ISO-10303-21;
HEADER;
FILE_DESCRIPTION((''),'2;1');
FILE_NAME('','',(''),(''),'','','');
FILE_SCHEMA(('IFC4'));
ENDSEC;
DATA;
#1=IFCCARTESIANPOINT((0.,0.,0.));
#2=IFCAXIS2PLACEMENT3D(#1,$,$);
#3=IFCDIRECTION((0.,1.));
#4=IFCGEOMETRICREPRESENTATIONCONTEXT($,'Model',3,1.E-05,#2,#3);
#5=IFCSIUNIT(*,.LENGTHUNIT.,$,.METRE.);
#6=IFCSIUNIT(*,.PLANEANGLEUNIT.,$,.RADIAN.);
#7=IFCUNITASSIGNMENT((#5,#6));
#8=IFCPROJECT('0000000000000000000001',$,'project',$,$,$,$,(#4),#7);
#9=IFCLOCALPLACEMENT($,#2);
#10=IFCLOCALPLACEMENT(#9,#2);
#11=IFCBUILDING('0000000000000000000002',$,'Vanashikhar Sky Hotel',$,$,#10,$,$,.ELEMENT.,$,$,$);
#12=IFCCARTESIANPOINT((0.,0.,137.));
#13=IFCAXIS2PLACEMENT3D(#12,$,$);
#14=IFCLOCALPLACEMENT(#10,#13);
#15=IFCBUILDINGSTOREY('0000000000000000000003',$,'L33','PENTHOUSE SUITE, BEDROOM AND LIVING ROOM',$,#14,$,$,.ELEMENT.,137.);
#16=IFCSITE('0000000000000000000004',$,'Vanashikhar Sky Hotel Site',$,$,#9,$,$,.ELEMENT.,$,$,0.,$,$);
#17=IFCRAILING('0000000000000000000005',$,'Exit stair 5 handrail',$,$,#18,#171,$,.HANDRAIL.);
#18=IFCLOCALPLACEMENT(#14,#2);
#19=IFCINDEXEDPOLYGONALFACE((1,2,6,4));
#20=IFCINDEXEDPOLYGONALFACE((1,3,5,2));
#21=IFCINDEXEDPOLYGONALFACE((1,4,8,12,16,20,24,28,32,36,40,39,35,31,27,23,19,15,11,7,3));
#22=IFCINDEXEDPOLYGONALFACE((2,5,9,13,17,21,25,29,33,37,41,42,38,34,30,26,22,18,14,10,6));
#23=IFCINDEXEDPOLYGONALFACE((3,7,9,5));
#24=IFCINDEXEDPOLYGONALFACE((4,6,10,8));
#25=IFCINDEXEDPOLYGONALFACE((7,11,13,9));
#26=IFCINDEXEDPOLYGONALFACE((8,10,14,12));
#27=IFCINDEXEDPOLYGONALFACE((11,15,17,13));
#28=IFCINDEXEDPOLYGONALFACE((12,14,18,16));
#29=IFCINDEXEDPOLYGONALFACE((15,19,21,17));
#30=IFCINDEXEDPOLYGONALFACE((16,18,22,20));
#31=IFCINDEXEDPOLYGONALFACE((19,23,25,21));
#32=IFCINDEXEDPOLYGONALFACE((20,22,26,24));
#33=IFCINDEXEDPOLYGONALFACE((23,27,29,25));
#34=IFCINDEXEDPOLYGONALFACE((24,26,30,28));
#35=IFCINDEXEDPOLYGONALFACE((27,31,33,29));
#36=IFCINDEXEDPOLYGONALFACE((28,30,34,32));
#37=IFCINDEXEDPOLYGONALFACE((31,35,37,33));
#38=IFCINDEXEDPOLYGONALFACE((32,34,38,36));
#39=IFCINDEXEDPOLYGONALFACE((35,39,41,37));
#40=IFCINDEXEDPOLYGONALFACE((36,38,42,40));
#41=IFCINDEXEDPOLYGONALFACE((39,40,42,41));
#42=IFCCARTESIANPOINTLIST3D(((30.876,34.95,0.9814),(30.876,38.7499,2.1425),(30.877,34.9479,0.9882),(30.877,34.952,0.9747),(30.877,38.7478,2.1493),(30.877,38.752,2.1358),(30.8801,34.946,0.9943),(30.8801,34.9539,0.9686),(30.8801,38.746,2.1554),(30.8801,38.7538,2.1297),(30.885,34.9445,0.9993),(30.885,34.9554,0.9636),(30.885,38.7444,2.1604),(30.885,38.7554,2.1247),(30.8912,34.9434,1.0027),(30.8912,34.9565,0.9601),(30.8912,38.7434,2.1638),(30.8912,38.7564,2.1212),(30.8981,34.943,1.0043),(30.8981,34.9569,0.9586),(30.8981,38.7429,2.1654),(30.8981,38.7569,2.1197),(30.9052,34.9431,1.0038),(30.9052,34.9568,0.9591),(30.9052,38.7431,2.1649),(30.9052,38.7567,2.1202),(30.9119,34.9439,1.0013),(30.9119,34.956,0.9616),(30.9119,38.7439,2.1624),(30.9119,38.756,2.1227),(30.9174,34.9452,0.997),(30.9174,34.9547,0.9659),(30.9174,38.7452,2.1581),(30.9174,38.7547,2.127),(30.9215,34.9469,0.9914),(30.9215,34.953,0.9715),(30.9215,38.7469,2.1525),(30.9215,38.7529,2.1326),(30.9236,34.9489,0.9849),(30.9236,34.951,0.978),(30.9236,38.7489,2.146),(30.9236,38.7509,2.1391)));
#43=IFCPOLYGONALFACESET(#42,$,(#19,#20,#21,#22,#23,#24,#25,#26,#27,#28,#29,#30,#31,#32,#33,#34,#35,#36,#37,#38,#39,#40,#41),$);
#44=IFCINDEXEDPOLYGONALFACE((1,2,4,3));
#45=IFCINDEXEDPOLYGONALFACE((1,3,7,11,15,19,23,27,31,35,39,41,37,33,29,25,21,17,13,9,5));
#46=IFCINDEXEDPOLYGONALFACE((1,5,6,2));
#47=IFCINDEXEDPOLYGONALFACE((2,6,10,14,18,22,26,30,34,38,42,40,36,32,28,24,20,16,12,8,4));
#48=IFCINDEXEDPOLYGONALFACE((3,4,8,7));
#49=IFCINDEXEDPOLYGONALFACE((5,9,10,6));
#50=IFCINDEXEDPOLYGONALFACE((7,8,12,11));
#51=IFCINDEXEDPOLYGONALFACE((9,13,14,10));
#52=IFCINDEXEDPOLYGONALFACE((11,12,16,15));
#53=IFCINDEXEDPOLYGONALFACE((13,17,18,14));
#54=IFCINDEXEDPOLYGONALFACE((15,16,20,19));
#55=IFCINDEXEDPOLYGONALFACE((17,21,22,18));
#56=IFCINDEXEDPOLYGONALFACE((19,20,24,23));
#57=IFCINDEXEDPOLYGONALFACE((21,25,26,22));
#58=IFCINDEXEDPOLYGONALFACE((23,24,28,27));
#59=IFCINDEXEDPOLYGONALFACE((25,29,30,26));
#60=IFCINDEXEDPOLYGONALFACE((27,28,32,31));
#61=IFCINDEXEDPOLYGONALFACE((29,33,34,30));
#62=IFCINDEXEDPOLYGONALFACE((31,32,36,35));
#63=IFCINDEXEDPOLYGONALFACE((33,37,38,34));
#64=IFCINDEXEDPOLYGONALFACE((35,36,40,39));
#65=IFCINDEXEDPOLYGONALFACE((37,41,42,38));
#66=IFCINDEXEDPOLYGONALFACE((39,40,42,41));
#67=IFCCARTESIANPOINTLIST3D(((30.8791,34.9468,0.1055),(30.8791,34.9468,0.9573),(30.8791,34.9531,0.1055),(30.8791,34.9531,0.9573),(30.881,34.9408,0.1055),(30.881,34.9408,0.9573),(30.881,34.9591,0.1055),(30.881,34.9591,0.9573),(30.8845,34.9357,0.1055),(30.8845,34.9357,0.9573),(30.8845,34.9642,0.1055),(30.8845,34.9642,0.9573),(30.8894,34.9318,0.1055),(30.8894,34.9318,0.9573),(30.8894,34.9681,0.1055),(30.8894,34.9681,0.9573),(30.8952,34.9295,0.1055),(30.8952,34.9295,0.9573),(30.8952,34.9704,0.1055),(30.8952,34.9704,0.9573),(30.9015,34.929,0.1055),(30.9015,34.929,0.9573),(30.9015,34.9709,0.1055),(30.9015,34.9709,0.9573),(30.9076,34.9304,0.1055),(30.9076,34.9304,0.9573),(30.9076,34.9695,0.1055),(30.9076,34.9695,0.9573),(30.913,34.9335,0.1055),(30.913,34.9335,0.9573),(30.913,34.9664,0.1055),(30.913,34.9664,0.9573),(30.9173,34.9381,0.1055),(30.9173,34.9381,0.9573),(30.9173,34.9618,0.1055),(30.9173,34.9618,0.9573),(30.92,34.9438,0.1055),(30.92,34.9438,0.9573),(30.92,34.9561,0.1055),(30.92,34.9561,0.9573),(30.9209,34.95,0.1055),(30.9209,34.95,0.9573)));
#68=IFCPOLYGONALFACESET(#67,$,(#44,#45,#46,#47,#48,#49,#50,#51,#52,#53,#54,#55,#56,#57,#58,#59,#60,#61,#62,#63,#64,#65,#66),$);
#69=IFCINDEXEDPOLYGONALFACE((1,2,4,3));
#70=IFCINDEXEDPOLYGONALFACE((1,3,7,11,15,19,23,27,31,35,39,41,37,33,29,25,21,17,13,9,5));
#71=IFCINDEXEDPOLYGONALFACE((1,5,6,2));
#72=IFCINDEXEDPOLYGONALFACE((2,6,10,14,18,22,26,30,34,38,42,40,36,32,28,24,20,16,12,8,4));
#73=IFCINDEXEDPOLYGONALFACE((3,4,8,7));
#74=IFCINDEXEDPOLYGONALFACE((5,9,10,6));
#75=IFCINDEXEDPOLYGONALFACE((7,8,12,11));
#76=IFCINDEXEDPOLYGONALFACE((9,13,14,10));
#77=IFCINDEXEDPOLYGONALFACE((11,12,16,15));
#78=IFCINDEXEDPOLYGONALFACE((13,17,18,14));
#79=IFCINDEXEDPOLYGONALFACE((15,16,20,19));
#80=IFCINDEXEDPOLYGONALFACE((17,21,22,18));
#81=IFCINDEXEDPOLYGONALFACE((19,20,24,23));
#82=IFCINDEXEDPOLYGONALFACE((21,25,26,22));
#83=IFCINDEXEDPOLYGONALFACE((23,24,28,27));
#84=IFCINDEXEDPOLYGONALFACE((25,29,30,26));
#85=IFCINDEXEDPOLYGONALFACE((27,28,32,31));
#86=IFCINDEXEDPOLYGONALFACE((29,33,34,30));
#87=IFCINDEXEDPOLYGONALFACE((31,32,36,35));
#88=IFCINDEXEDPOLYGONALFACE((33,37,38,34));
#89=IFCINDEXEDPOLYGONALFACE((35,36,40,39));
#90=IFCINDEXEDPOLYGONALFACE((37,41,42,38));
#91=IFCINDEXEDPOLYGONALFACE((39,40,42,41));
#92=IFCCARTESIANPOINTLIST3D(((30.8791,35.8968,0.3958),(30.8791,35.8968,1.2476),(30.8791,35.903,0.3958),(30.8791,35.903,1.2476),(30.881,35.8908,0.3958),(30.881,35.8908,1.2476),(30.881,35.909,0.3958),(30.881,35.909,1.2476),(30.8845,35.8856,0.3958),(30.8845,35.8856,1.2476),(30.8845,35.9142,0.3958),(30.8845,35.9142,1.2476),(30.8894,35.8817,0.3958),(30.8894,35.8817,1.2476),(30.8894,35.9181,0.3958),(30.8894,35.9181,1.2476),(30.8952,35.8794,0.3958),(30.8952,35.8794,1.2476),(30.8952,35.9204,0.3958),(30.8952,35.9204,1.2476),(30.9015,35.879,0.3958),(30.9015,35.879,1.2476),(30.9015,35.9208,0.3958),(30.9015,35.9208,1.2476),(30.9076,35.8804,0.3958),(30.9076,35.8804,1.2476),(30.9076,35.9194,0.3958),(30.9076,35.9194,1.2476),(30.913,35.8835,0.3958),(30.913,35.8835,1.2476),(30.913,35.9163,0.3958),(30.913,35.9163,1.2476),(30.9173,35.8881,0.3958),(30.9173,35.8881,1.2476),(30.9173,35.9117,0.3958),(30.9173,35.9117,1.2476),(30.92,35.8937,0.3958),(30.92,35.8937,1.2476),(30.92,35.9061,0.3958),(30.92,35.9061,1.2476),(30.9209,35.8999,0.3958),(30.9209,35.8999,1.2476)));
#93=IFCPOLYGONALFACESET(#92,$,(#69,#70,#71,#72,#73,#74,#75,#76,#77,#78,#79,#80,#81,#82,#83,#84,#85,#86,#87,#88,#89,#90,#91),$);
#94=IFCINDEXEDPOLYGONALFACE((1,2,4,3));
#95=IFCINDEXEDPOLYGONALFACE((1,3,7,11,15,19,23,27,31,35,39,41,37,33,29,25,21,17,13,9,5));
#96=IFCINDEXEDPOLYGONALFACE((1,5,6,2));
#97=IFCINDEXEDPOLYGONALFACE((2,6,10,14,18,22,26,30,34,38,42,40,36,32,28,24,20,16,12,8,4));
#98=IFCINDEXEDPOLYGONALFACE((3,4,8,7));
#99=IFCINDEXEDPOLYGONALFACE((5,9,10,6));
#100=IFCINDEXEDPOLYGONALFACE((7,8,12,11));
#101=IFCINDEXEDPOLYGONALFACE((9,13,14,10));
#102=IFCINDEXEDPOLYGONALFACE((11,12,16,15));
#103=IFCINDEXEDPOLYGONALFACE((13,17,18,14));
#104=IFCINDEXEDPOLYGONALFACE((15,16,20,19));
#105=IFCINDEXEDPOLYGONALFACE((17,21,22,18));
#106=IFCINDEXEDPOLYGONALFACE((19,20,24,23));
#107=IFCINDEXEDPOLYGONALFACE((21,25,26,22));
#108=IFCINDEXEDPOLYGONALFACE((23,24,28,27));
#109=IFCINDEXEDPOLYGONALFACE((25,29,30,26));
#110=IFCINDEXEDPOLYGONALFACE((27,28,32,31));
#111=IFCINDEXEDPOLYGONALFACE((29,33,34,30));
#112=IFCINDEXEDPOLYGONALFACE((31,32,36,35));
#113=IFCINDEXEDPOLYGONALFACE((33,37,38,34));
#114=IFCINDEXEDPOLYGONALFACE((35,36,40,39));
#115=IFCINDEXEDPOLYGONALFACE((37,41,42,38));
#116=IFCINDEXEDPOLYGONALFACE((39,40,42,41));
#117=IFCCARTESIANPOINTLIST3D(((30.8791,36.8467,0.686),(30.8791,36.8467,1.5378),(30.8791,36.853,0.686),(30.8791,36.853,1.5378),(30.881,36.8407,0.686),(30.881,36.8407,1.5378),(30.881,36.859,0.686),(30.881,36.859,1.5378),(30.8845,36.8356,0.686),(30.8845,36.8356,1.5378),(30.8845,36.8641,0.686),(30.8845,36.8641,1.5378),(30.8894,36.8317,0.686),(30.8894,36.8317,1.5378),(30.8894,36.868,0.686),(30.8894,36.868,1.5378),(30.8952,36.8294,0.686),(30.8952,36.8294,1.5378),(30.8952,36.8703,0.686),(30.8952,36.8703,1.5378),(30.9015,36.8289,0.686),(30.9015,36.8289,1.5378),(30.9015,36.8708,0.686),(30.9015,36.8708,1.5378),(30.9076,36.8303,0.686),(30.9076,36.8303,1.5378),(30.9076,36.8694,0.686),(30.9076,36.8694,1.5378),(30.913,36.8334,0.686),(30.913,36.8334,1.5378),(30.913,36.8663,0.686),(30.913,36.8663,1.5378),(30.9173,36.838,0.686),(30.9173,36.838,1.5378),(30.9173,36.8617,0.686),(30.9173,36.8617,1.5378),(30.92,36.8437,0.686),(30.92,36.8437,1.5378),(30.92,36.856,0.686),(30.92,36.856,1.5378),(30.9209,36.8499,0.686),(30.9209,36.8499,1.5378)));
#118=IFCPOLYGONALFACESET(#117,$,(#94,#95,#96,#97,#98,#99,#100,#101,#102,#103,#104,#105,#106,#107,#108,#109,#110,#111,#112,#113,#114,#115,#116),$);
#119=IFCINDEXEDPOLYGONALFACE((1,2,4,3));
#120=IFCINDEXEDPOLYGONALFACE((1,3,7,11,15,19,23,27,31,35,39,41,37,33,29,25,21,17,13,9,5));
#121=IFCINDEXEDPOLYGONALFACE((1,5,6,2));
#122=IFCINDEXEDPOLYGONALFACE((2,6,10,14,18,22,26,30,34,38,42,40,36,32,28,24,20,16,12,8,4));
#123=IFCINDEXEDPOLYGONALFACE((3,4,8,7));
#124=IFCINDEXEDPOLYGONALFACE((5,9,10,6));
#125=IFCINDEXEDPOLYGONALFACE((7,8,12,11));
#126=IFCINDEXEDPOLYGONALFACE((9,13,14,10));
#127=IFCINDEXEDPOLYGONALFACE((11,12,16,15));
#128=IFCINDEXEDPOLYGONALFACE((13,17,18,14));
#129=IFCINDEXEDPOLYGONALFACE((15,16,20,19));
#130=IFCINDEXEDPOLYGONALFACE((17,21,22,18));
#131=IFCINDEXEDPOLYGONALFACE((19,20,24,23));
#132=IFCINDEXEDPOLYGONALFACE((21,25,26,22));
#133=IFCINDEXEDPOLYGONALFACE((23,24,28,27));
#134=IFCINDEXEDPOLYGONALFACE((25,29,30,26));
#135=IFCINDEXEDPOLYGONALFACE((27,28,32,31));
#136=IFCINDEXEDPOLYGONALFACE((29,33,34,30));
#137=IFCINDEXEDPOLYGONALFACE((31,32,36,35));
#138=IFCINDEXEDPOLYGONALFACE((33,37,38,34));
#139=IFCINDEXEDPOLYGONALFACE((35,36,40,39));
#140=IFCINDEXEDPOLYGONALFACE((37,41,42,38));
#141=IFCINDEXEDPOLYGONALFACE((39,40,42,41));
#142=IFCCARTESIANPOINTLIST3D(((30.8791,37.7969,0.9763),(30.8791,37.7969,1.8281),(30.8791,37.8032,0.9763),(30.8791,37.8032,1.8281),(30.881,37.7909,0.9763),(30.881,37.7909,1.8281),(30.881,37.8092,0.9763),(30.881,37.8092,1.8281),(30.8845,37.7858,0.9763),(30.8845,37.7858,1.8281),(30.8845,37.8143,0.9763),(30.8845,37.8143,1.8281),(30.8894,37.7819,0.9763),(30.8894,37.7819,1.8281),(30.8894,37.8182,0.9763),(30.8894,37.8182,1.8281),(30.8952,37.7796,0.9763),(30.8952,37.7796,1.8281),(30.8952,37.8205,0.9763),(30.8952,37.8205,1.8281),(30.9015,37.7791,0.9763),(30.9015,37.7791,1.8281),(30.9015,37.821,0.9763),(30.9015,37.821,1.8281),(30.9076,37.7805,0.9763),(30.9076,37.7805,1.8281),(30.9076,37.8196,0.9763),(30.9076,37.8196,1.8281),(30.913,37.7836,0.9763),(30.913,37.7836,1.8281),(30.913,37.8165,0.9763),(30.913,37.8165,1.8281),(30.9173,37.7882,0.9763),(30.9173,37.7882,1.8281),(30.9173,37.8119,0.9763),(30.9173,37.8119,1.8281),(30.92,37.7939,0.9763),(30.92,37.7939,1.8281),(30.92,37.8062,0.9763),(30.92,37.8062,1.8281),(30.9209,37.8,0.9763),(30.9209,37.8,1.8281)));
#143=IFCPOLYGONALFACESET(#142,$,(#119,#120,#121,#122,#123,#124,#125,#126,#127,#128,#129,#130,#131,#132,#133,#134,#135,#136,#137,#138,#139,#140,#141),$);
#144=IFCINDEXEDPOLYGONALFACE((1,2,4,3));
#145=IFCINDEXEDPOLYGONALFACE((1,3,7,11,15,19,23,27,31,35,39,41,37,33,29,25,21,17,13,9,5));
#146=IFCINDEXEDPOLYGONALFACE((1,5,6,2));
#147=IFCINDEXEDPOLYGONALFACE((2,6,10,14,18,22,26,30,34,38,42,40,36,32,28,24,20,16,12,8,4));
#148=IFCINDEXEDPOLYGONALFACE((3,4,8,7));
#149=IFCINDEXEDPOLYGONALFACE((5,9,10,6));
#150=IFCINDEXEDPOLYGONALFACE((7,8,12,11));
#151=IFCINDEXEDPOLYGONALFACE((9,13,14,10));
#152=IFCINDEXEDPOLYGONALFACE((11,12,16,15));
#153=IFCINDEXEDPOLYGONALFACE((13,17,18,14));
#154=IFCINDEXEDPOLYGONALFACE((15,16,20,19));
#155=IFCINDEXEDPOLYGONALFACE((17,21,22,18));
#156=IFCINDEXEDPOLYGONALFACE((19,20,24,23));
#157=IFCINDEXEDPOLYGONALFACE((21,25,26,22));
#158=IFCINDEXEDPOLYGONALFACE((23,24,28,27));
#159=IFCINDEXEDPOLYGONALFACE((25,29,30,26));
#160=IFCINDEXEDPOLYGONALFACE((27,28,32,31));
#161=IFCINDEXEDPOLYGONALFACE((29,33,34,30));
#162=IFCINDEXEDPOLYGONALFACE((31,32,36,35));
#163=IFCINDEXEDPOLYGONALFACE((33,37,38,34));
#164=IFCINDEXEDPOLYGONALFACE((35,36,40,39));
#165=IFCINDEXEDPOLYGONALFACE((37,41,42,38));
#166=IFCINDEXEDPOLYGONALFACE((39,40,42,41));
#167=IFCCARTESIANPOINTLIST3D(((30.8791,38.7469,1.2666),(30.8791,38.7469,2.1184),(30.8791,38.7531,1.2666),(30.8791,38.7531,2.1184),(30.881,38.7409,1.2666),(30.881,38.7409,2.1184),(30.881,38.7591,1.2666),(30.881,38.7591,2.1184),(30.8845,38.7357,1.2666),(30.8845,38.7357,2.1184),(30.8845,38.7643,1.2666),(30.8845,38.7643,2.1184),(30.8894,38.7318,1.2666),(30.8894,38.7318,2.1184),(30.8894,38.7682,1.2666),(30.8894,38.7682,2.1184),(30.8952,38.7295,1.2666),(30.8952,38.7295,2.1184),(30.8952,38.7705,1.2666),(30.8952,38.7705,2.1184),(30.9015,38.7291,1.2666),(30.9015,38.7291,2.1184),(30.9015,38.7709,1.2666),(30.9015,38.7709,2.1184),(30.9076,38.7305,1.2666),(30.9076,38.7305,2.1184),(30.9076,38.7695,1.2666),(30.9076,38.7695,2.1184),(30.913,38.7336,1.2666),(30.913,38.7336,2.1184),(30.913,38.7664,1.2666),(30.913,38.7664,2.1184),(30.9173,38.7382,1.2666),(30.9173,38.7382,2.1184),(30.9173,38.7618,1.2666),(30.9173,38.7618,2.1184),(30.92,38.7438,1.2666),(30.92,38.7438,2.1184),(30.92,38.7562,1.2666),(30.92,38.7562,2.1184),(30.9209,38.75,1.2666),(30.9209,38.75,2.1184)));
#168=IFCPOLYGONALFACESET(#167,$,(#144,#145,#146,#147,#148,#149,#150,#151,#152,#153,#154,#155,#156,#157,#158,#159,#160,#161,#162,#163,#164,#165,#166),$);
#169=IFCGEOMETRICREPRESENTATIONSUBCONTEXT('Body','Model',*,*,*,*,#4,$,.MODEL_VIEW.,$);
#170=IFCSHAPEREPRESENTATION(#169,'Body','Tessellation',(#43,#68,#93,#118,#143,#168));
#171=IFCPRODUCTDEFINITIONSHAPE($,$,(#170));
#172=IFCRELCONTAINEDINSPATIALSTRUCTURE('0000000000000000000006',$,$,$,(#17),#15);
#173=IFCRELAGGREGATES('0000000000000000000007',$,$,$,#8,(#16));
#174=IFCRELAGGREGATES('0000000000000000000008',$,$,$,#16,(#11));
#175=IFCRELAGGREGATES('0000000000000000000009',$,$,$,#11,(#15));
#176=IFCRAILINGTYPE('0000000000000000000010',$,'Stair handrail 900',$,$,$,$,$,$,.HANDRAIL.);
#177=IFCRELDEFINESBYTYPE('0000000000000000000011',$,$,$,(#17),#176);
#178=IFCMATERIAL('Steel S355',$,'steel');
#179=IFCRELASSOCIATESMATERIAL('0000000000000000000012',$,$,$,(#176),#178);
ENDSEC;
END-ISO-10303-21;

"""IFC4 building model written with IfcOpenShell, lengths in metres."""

from ifc_helpers import new_model, si_unit, direction, frame, origin, origin_2d, place, context, subcontext, project, spatial, circle, extrude, source, transform, mapped, material, type_object, element, save


model = new_model("IFC4")

# Units and contexts
model_context = context("Model", 3, precision=1e-05, world=origin(), true_north=direction((0.0, 1.0)))
body_context = subcontext(model_context, "Body", "Model", "MODEL_VIEW")
ifc_project = project(units=[si_unit("LENGTHUNIT", "METRE"), si_unit("PLANEANGLEUNIT", "RADIAN")], contexts=[model_context])

# Site, building, storey
site_placement = place(None, origin())
site = spatial("IfcSite", under=ifc_project, at=site_placement, Name="Vanashikhar Sky Hotel Site", CompositionType="ELEMENT", RefElevation=0.0)
building_placement = place(site_placement, origin())
building = spatial("IfcBuilding", under=site, at=building_placement, Name="Vanashikhar Sky Hotel", CompositionType="ELEMENT")
storey_placement = place(building_placement, frame((0.0, 0.0, 137.0)))
storey = spatial("IfcBuildingStorey", under=building, at=storey_placement, Name="L33", Description="PENTHOUSE SUITE, BEDROOM AND LIVING ROOM", CompositionType="ELEMENT", Elevation=137.0)

# Railing
ifc_material_1 = material(Name="Steel S355", Category="steel")
railing_type_1 = type_object("IfcRailingType", Name="Stair handrail 900", PredefinedType="HANDRAIL", material=ifc_material_1)
shared_shape_1 = source(origin(), body_context, "Body", "SweptSolid", [
    extrude(circle(Radius=0.0239, at=origin_2d()), frame((0.0, 0.0, 0.876), z_axis=(0.0, 0.956351, 0.29222), x_axis=(-1.0, 0.0, 0.0)), (0.0, 0.0, 1.0), 3.9734),
    extrude(circle(Radius=0.021, at=origin_2d()), origin(), (0.0, 0.0, 1.0), 0.8518),
    extrude(circle(Radius=0.021, at=origin_2d()), frame((0.0, 0.95, 0.2903)), (0.0, 0.0, 1.0), 0.8518),
    extrude(circle(Radius=0.021, at=origin_2d()), frame((0.0, 1.8999, 0.5806)), (0.0, 0.0, 1.0), 0.8518),
    extrude(circle(Radius=0.021, at=origin_2d()), frame((0.0, 2.8501, 0.8708)), (0.0, 0.0, 1.0), 0.8518),
    extrude(circle(Radius=0.021, at=origin_2d()), frame((0.0, 3.8, 1.1611)), (0.0, 0.0, 1.0), 0.8518),
])
for number, where, name in (
    (1, (30.8999, 34.95, 0.1055), "Exit stair 5 handrail"),
):
    element("IfcRailing", number, at=place(storey_placement, frame(where)), inside=storey, type_object=railing_type_1, Name=name, PredefinedType="HANDRAIL", context=body_context, shape_type="MappedRepresentation", body=[
        mapped(shared_shape_1, transform((0.0, 0.0, 0.0), scale=1.0)),
    ])

save(model, "model.ifc")
